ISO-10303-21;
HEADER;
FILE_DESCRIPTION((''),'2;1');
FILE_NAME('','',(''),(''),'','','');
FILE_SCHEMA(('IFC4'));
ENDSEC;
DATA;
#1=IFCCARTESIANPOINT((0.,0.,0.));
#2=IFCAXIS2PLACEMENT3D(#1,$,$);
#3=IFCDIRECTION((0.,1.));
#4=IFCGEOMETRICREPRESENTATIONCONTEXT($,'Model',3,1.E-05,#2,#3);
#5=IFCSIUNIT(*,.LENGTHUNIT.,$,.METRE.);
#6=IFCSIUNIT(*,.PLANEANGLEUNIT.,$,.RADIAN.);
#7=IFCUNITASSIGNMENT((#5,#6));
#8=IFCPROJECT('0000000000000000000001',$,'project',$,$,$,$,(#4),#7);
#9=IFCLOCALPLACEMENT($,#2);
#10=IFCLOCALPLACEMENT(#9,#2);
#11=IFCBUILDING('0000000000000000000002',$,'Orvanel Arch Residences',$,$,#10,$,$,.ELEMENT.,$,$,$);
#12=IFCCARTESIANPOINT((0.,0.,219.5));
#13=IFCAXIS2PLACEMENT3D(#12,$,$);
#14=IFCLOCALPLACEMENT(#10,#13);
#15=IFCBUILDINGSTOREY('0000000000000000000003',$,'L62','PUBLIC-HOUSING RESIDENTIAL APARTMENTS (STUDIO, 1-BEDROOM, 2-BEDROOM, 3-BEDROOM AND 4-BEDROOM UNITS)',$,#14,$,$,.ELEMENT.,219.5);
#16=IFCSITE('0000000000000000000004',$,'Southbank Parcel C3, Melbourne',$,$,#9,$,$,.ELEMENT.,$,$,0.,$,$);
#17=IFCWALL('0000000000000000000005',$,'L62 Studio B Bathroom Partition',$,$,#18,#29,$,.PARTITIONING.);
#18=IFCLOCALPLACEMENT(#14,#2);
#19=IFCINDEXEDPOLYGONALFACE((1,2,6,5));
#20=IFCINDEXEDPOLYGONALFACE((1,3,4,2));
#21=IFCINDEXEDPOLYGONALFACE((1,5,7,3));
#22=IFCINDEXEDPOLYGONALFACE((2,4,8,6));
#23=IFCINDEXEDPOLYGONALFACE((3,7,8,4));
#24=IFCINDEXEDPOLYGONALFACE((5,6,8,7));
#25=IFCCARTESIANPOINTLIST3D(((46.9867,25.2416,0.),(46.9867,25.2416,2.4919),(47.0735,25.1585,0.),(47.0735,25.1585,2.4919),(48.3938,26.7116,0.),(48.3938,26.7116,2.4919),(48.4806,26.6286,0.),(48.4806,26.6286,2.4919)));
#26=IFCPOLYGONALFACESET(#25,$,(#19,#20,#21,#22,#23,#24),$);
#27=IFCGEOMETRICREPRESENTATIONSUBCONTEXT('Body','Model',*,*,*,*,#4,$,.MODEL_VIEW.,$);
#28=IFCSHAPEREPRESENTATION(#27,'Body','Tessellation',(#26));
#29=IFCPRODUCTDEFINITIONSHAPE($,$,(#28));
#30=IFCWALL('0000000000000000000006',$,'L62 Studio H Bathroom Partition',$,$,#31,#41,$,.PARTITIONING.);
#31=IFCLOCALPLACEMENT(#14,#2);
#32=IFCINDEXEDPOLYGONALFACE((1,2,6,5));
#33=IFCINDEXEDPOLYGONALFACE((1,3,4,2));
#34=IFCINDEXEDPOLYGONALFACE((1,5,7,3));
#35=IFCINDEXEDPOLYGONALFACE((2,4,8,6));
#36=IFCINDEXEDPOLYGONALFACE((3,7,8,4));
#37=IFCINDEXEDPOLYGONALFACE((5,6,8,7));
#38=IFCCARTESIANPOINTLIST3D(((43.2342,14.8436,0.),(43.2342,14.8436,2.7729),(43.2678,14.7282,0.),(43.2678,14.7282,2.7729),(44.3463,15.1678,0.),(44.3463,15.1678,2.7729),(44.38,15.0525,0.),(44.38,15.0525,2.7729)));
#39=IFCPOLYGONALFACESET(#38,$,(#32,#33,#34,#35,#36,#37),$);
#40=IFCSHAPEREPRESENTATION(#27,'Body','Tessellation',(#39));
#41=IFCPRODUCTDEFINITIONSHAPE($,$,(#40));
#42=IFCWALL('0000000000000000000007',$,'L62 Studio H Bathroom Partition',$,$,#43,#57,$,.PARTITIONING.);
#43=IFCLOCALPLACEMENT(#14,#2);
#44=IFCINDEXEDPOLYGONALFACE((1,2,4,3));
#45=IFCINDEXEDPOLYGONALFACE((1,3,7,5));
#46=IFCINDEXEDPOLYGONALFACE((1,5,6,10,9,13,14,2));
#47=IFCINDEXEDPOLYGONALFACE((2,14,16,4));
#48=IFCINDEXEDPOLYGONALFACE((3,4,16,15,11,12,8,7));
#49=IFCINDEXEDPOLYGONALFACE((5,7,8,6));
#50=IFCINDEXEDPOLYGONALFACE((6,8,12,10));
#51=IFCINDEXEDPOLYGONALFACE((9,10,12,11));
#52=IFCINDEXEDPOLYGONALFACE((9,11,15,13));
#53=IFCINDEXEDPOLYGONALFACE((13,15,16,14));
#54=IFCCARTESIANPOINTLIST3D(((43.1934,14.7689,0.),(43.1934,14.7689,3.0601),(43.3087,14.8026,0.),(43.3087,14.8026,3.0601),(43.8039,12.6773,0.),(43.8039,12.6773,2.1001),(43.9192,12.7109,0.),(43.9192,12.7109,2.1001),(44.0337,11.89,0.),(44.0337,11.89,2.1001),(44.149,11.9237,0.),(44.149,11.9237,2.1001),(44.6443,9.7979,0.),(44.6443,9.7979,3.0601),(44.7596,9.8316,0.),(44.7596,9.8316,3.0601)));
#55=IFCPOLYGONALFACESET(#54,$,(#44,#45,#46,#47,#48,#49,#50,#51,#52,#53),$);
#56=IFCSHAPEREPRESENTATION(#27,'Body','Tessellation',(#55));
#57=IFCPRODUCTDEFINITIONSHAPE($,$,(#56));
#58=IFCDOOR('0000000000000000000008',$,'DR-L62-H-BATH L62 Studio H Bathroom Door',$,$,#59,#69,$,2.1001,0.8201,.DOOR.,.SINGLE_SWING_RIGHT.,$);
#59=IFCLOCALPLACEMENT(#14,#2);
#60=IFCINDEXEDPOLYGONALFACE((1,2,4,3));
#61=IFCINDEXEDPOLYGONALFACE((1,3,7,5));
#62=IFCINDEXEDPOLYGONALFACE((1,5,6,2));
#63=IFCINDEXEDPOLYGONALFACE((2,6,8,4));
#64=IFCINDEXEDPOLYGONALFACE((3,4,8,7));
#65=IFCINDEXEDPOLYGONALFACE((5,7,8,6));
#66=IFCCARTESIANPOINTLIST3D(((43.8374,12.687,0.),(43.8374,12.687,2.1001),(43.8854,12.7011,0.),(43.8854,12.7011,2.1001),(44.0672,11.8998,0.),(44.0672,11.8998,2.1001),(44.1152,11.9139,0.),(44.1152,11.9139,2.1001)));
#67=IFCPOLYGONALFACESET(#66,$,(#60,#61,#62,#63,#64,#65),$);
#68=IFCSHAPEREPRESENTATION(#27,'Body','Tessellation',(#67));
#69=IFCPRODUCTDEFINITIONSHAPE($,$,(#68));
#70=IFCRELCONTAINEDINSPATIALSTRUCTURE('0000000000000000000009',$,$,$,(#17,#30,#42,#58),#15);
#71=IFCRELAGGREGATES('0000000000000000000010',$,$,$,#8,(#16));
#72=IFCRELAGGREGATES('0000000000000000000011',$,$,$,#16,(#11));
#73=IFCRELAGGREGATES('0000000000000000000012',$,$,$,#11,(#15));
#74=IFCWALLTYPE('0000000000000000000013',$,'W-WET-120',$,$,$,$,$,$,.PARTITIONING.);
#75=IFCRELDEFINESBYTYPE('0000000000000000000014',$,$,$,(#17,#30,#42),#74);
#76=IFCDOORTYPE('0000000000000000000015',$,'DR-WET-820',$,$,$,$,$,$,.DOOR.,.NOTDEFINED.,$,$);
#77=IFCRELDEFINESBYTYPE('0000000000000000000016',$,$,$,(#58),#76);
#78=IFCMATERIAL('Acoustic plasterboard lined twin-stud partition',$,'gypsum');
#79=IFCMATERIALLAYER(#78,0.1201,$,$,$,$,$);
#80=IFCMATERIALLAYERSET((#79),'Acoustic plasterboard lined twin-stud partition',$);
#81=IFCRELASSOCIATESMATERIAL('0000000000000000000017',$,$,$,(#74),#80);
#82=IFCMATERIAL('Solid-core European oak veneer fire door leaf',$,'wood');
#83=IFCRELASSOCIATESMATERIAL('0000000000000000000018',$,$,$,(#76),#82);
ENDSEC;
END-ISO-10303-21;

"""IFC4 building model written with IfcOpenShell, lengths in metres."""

from ifc_helpers import new_model, si_unit, direction, frame, frame_2d, origin, place, context, subcontext, project, spatial, rectangle, extrude, material, layer, layer_set, type_object, element, fill, save


model = new_model("IFC4")

# Units and contexts
model_context = context("Model", 3, precision=1e-05, world=origin(), true_north=direction((0.0, 1.0)))
body_context = subcontext(model_context, "Body", "Model", "MODEL_VIEW")
ifc_project = project(units=[si_unit("LENGTHUNIT", "METRE"), si_unit("PLANEANGLEUNIT", "RADIAN")], contexts=[model_context])

# Site, building, storey
site_placement = place(None, origin())
site = spatial("IfcSite", under=ifc_project, at=site_placement, Name="Southbank Parcel C3, Melbourne", CompositionType="ELEMENT", RefElevation=0.0)
building_placement = place(site_placement, origin())
building = spatial("IfcBuilding", under=site, at=building_placement, Name="Orvanel Arch Residences", CompositionType="ELEMENT")
storey_placement = place(building_placement, frame((0.0, 0.0, 219.5)))
storey = spatial("IfcBuildingStorey", under=building, at=storey_placement, Name="L62", Description="PUBLIC-HOUSING RESIDENTIAL APARTMENTS (STUDIO, 1-BEDROOM, 2-BEDROOM, 3-BEDROOM AND 4-BEDROOM UNITS)", CompositionType="ELEMENT", Elevation=219.5)

# Shared definitions
ifc_material_1 = material(Name="Solid-core European oak veneer fire door leaf", Category="wood")

# Shared definitions
ifc_material_2 = material(Name="Acoustic plasterboard lined twin-stud partition", Category="gypsum")
ifc_layer_1 = layer(ifc_material_2, 0.1201)
ifc_layer_set_1 = layer_set([ifc_layer_1], Name="Acoustic plasterboard lined twin-stud partition")
wall_type_1 = type_object("IfcWallType", Name="W-WET-120", PredefinedType="PARTITIONING", material=ifc_layer_set_1)
door_type_1 = type_object("IfcDoorType", Name="DR-WET-820", OperationType="NOTDEFINED", PredefinedType="DOOR", material=ifc_material_1)

# Walls
wall_1_placement = place(storey_placement, frame((47.03, 25.2, 0.0), z_axis=(0.0, 0.0, 1.0), x_axis=(0.69146, 0.722415, 0.0)))
element("IfcWall", 1, at=wall_1_placement, inside=storey, type_object=wall_type_1, Name="L62 Studio B Bathroom Partition", PredefinedType="PARTITIONING", context=body_context, shape_type="SweptSolid", body=[
    extrude(rectangle(XDim=2.0349, YDim=0.1201, at=frame_2d((1.0176, 0.0))), origin(), (0.0, 0.0, 1.0), 2.4919),
])
wall_2_placement = place(storey_placement, frame((44.363, 15.1101, 0.0), z_axis=(0.0, 0.0, 1.0), x_axis=(-0.960031, -0.279895, 0.0)))
element("IfcWall", 2, at=wall_2_placement, inside=storey, type_object=wall_type_1, Name="L62 Studio H Bathroom Partition", PredefinedType="PARTITIONING", context=body_context, shape_type="SweptSolid", body=[
    extrude(rectangle(XDim=1.1584, YDim=0.1201, at=frame_2d((0.5791, 0.0))), origin(), (0.0, 0.0, 1.0), 2.7729),
])

# Wall, opening, door
wall_3_placement = place(storey_placement, frame((43.251, 14.7859, 0.0), z_axis=(0.0, 0.0, 1.0), x_axis=(0.28019, -0.959945, 0.0)))
wall_3 = element("IfcWall", 3, at=wall_3_placement, inside=storey, type_object=wall_type_1, Name="L62 Studio H Bathroom Partition", PredefinedType="PARTITIONING", context=body_context, shape_type="SweptSolid", body=[
    extrude(rectangle(XDim=5.1785, YDim=0.1201, at=frame_2d((2.5894, 0.0))), origin(), (0.0, 0.0, 1.0), 3.0601),
])
opening_1_placement = place(wall_3_placement, frame((2.179, 0.0, 0.0)))
opening_1 = element("IfcOpeningElement", 4, at=opening_1_placement, cuts=wall_3, PredefinedType="OPENING", context=body_context, shape_type="SweptSolid", body=[
    extrude(rectangle(XDim=0.8201, YDim=2.1001, at=frame_2d((0.4102, 1.05))), frame((0.0, 0.0701, 0.0), z_axis=(0.0, -1.0, 0.0), x_axis=(1.0, 0.0, 0.0)), (0.0, 0.0, 1.0), 0.1401),
])
door_1_placement = place(opening_1_placement, origin())
door_1 = element("IfcDoor", 5, at=door_1_placement, inside=storey, type_object=door_type_1, Name="DR-L62-H-BATH L62 Studio H Bathroom Door", OperationType="SINGLE_SWING_RIGHT", OverallHeight=2.1001, OverallWidth=0.8201, PredefinedType="DOOR", context=body_context, shape_type="SweptSolid", body=[
    extrude(rectangle(XDim=0.8201, YDim=2.1001, at=frame_2d((0.4102, 1.05))), frame((0.0, 0.0249, 0.0), z_axis=(0.0, -1.0, 0.0), x_axis=(1.0, 0.0, 0.0)), (0.0, 0.0, 1.0), 0.05),
])
fill(opening_1, door_1)

save(model, "model.ifc")
